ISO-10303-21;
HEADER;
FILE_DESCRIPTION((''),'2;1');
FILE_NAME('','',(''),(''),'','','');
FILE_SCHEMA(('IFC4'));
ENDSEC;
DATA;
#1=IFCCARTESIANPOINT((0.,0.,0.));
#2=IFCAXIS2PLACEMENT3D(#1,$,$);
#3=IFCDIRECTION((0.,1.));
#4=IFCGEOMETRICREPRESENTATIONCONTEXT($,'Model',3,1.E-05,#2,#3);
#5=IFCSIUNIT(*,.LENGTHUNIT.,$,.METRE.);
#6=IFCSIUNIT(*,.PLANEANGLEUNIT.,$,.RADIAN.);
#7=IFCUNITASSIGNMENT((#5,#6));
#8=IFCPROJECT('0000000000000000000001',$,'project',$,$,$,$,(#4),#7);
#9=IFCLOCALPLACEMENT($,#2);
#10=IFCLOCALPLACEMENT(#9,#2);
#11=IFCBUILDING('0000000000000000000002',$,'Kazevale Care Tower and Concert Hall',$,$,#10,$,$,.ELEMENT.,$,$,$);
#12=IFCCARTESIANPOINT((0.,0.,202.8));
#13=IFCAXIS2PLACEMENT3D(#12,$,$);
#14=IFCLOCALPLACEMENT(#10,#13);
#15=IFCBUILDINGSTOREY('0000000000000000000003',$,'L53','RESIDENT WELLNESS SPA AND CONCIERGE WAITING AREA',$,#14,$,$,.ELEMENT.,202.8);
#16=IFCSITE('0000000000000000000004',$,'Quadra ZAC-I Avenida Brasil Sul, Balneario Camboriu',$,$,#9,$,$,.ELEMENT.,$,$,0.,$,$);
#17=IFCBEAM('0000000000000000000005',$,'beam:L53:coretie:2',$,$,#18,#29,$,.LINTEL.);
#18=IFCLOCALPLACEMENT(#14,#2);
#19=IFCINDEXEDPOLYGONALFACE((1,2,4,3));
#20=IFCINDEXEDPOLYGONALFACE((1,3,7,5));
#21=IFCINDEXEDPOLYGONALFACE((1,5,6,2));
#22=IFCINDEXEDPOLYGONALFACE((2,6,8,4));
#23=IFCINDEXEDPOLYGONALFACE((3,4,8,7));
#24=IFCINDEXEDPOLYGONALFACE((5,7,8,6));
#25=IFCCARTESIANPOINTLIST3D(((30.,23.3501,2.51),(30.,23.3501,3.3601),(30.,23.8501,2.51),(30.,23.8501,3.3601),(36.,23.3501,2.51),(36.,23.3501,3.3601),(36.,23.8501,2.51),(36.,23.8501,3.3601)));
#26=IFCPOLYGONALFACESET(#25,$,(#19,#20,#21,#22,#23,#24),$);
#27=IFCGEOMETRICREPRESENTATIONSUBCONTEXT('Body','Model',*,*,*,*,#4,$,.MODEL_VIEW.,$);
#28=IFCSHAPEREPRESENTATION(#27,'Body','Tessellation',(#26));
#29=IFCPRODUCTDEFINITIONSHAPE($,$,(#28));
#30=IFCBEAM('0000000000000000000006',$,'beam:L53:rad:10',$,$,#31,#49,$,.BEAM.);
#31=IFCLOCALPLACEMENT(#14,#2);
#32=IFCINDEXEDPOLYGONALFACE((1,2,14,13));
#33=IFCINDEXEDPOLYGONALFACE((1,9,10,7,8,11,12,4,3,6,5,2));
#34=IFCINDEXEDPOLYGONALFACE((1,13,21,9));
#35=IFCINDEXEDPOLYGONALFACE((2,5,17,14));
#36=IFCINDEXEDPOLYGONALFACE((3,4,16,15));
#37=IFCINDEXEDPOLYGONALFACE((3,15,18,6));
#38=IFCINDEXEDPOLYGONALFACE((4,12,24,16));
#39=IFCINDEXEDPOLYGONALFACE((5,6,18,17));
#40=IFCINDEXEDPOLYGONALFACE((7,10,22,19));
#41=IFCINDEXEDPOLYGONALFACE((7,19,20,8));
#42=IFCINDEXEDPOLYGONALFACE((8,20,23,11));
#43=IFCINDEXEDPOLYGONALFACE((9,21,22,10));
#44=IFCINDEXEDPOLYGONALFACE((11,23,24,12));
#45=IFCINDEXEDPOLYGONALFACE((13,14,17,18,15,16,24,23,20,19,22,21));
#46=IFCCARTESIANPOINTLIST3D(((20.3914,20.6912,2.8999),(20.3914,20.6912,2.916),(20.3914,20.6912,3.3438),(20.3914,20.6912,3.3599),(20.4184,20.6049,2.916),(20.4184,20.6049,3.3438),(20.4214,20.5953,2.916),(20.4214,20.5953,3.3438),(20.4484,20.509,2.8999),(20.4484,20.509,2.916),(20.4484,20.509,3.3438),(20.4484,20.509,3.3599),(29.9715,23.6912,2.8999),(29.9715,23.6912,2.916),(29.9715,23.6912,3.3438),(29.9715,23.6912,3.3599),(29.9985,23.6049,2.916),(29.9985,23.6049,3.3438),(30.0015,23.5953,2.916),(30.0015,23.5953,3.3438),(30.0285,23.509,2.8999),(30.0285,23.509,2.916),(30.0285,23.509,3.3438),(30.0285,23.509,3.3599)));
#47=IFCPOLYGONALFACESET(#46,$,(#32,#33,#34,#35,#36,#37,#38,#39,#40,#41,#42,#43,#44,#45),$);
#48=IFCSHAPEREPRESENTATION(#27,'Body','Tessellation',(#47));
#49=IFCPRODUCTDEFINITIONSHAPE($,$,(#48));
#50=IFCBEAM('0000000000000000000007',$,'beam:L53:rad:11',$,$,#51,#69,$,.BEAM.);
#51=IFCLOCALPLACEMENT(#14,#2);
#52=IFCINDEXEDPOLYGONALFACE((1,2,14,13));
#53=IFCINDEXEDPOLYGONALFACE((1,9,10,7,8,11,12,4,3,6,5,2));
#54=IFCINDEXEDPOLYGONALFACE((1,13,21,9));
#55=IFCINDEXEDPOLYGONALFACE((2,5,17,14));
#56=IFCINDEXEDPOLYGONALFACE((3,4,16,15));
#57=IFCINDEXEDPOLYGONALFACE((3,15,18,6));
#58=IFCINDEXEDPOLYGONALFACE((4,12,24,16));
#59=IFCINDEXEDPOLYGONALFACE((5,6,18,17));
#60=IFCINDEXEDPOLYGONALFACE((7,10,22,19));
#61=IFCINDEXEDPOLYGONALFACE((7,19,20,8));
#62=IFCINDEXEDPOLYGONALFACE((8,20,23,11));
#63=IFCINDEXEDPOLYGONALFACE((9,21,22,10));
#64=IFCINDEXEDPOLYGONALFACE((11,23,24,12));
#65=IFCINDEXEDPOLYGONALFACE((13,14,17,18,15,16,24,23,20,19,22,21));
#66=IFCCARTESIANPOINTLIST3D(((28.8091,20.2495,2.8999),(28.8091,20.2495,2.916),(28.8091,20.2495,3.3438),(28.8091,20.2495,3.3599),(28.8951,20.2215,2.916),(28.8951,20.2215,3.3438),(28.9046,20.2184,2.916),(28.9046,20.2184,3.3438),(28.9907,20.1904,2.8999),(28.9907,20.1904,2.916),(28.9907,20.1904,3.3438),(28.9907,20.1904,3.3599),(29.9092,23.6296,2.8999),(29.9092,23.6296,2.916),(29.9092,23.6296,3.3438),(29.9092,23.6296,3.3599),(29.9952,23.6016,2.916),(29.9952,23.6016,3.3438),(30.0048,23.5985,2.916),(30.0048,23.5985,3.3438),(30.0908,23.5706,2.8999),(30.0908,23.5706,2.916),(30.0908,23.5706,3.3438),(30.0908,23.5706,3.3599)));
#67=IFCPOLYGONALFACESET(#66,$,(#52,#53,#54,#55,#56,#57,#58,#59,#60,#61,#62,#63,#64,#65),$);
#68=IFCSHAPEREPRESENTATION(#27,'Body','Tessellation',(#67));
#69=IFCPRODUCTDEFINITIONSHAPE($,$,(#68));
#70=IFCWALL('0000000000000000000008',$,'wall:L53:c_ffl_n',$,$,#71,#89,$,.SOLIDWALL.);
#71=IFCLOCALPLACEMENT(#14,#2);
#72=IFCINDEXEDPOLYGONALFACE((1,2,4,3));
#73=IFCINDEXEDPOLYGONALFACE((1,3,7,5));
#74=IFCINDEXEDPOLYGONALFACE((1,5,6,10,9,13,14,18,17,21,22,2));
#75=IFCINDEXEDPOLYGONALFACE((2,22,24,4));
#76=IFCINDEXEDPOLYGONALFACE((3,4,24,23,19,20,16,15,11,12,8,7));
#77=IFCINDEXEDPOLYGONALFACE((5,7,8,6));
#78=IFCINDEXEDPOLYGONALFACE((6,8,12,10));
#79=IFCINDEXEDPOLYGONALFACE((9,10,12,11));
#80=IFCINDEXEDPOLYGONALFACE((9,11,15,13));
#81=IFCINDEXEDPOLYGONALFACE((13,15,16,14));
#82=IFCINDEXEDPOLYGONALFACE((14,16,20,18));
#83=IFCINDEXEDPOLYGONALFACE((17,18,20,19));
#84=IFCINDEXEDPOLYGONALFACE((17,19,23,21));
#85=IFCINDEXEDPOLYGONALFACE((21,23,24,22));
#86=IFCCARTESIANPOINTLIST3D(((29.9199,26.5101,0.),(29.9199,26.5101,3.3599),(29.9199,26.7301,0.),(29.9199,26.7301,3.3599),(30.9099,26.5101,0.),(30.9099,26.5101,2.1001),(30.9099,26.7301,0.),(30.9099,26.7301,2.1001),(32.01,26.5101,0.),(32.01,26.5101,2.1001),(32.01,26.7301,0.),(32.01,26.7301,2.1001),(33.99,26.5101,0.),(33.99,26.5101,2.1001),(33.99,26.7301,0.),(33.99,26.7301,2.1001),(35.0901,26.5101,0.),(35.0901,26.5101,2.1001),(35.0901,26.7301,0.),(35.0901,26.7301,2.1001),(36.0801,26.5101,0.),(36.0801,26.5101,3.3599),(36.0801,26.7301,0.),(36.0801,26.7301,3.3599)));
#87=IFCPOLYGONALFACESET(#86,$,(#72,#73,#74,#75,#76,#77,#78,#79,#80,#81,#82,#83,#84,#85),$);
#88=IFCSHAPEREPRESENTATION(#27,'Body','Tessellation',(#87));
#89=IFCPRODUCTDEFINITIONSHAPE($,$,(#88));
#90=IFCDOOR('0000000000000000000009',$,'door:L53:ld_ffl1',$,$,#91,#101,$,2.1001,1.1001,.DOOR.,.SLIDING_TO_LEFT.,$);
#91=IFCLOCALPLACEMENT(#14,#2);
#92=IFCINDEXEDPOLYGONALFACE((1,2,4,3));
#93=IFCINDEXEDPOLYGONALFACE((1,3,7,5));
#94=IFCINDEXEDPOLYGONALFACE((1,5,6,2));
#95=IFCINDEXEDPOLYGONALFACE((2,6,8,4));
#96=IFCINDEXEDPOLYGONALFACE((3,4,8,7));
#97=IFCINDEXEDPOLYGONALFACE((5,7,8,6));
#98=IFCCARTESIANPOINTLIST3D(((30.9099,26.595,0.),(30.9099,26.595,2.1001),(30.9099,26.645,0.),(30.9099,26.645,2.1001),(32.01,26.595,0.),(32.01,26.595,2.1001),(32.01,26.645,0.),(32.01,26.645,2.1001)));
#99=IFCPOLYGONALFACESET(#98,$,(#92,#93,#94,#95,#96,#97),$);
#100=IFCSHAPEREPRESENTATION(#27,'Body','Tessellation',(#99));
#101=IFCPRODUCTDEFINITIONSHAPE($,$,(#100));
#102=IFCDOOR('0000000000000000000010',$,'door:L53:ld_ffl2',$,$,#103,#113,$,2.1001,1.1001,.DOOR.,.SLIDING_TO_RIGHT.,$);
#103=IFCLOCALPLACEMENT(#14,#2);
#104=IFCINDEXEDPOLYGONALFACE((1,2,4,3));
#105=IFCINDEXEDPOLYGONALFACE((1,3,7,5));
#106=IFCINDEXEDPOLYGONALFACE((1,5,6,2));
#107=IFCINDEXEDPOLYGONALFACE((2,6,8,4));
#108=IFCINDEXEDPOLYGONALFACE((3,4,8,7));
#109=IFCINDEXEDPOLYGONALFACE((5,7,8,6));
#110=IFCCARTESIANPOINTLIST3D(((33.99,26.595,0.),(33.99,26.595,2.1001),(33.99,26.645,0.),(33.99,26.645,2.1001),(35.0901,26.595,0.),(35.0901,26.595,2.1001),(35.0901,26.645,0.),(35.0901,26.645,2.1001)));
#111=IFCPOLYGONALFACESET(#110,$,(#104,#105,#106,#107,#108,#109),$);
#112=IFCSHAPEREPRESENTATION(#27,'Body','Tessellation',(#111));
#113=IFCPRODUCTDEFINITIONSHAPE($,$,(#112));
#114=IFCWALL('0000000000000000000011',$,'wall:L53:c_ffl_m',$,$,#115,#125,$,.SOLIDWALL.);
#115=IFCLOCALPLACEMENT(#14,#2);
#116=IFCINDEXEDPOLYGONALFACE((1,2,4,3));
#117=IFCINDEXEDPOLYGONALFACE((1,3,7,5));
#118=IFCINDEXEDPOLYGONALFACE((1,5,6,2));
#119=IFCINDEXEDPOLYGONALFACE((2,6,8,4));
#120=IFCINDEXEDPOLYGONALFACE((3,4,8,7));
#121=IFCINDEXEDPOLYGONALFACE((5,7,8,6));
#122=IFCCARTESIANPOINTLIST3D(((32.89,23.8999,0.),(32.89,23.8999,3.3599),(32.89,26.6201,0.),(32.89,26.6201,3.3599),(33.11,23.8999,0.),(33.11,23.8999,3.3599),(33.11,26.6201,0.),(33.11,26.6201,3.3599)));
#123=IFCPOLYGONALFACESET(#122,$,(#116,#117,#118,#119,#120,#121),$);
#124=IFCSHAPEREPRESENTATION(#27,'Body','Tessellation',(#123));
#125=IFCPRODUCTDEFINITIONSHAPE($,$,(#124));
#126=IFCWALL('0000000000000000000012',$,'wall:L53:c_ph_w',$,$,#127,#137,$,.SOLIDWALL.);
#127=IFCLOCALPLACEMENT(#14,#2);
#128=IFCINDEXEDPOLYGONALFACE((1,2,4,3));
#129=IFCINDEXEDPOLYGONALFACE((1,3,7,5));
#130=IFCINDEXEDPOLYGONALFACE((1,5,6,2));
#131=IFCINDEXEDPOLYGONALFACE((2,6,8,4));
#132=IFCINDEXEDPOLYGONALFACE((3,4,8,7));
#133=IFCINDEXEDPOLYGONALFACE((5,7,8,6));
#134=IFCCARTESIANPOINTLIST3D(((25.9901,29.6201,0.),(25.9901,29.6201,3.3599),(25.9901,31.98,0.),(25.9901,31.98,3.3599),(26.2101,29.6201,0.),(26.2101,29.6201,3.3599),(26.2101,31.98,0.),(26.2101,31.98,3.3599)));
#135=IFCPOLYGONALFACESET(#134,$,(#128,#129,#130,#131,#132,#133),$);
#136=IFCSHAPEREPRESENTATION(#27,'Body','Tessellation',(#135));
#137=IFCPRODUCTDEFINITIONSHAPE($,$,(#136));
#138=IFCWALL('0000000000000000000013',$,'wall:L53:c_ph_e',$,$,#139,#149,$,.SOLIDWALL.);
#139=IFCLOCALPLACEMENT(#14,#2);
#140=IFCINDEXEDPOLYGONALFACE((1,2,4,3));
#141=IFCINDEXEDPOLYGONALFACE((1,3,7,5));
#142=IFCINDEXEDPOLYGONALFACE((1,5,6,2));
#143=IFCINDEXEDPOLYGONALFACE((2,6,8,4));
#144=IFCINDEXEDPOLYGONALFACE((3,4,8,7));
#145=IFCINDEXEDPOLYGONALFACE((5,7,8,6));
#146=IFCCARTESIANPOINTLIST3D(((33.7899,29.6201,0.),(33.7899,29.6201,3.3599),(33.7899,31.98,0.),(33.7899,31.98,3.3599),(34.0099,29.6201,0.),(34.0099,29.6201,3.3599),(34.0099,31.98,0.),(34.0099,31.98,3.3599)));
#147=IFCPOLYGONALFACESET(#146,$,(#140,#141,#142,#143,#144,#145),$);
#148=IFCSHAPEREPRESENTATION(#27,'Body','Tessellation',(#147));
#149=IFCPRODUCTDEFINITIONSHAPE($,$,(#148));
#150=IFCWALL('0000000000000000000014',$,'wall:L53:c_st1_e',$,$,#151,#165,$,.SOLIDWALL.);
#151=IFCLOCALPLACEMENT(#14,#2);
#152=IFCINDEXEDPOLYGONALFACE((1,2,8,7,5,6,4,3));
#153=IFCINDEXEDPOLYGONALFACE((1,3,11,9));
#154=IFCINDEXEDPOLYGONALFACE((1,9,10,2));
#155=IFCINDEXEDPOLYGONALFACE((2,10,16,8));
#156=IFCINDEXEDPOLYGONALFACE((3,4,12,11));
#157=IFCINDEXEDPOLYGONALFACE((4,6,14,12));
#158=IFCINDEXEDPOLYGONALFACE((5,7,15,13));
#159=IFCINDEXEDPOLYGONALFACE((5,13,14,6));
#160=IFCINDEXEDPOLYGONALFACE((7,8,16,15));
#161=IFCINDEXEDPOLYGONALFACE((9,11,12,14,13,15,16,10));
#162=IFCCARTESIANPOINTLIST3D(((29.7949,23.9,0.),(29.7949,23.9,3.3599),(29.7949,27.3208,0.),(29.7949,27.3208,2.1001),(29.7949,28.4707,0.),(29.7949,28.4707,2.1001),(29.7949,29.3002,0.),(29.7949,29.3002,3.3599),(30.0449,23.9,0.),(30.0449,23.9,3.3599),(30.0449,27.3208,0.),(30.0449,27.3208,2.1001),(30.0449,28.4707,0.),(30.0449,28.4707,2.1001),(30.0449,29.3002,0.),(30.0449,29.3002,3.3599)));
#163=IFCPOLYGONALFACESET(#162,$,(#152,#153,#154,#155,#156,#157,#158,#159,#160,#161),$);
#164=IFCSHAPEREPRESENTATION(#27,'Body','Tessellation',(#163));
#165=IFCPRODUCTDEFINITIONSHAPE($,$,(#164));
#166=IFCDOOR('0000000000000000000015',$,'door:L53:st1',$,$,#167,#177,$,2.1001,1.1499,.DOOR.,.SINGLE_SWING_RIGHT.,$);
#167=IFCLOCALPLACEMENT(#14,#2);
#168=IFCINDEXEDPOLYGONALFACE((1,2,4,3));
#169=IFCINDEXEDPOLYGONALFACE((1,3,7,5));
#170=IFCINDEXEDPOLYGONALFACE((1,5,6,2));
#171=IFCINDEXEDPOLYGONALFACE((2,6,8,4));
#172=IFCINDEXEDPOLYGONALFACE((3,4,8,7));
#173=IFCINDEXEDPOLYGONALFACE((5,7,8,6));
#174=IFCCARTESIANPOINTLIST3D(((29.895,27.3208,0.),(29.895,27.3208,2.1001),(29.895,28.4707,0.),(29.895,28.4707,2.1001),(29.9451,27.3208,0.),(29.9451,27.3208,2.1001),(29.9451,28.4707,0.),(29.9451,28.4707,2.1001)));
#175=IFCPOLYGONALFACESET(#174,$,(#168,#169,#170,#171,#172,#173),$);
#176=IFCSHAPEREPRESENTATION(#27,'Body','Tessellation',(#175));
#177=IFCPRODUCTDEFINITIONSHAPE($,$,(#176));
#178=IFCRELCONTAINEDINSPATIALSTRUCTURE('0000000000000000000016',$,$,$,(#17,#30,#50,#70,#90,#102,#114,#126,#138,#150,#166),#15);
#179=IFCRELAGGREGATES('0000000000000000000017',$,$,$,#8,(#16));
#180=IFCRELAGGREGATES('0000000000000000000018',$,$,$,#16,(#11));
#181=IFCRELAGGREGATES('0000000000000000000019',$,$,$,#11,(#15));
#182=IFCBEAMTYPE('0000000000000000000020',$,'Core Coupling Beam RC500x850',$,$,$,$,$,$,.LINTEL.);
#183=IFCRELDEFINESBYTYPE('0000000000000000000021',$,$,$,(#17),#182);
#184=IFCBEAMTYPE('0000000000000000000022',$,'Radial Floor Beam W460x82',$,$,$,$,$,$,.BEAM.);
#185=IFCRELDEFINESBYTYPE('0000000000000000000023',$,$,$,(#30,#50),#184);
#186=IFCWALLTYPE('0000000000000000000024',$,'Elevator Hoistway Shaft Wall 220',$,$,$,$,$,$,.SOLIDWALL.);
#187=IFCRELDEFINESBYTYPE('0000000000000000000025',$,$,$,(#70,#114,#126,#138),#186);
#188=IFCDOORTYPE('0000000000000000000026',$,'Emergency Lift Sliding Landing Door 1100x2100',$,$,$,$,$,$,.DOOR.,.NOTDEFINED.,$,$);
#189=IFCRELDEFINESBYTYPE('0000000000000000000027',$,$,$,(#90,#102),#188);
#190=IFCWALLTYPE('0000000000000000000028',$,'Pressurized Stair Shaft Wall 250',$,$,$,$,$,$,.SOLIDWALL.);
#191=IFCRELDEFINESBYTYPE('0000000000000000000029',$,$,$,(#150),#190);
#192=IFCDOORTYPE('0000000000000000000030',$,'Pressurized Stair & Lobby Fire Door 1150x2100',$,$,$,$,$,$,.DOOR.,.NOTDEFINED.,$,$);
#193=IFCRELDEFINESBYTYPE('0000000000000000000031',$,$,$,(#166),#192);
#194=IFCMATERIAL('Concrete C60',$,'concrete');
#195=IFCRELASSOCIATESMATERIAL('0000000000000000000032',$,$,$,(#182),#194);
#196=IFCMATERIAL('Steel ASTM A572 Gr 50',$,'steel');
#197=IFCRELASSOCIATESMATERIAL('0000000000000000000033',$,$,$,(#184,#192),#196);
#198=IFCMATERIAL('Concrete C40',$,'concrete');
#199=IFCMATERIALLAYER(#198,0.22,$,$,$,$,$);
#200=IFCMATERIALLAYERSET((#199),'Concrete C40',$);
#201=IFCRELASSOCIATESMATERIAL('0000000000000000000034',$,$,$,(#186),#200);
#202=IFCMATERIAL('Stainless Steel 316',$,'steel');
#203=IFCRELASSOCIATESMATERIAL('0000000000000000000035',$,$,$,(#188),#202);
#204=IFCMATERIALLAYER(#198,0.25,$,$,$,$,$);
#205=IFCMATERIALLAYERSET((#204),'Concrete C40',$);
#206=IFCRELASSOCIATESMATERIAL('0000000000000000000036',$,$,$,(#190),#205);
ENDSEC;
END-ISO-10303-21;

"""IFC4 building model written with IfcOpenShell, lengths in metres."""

from ifc_helpers import new_model, si_unit, direction, frame, frame_2d, origin, origin_2d, place, context, subcontext, project, spatial, rectangle, i_section, extrude, material, layer, layer_set, material_profile, profile_set, type_object, element, fill, save


model = new_model("IFC4")

# Units and contexts
model_context = context("Model", 3, precision=1e-05, world=origin(), true_north=direction((0.0, 1.0)))
body_context = subcontext(model_context, "Body", "Model", "MODEL_VIEW")
ifc_project = project(units=[si_unit("LENGTHUNIT", "METRE"), si_unit("PLANEANGLEUNIT", "RADIAN")], contexts=[model_context])

# Site, building, storey
site_placement = place(None, origin())
site = spatial("IfcSite", under=ifc_project, at=site_placement, Name="Quadra ZAC-I Avenida Brasil Sul, Balneario Camboriu", CompositionType="ELEMENT", RefElevation=0.0)
building_placement = place(site_placement, origin())
building = spatial("IfcBuilding", under=site, at=building_placement, Name="Kazevale Care Tower and Concert Hall", CompositionType="ELEMENT")
storey_placement = place(building_placement, frame((0.0, 0.0, 202.8)))
storey = spatial("IfcBuildingStorey", under=building, at=storey_placement, Name="L53", Description="RESIDENT WELLNESS SPA AND CONCIERGE WAITING AREA", CompositionType="ELEMENT", Elevation=202.8)

# Beams
ifc_material_1 = material(Name="Concrete C60", Category="concrete")
ifc_material_profile_1 = material_profile(ifc_material_1, rectangle(XDim=0.5, YDim=0.8501, at=origin_2d()), Name="RC-B500x850")
ifc_profile_set_1 = profile_set([ifc_material_profile_1], Name="Concrete C60")
beam_type_1 = type_object("IfcBeamType", Name="Core Coupling Beam RC500x850", PredefinedType="LINTEL", material=ifc_profile_set_1)
beam_1_placement = place(storey_placement, frame((30.0, 23.6001, 2.9351), z_axis=(1.0, 0.0, 0.0), x_axis=(0.0, 1.0, 0.0)))
element("IfcBeam", 1, at=beam_1_placement, inside=storey, type_object=beam_type_1, Name="beam:L53:coretie:2", PredefinedType="LINTEL", context=body_context, shape_type="SweptSolid", body=[
    extrude(rectangle(XDim=0.5, YDim=0.8501, at=origin_2d()), origin(), (0.0, 0.0, 1.0), 6.0),
])
ifc_material_2 = material(Name="Steel ASTM A572 Gr 50", Category="steel")
ifc_material_profile_2 = material_profile(ifc_material_2, i_section(OverallWidth=0.1909, OverallDepth=0.46, WebThickness=0.01, FlangeThickness=0.0161, at=origin_2d()), Name="W460x82")
ifc_profile_set_2 = profile_set([ifc_material_profile_2], Name="Steel ASTM A572 Gr 50")
beam_type_2 = type_object("IfcBeamType", Name="Radial Floor Beam W460x82", PredefinedType="BEAM", material=ifc_profile_set_2)
beam_2_placement = place(storey_placement, frame((30.0, 23.6001, 3.1299), z_axis=(-0.954303, -0.29884, 0.0), x_axis=(0.29884, -0.954303, 0.0)))
element("IfcBeam", 2, at=beam_2_placement, inside=storey, type_object=beam_type_2, Name="beam:L53:rad:10", PredefinedType="BEAM", context=body_context, shape_type="SweptSolid", body=[
    extrude(i_section(OverallWidth=0.1909, OverallDepth=0.46, WebThickness=0.01, FlangeThickness=0.0161, at=origin_2d()), origin(), (0.0, 0.0, 1.0), 10.0388),
])
beam_3_placement = place(storey_placement, frame((30.0, 23.6001, 3.1299), z_axis=(-0.309482, -0.950905, 0.0), x_axis=(0.950905, -0.309482, 0.0)))
element("IfcBeam", 3, at=beam_3_placement, inside=storey, type_object=beam_type_2, Name="beam:L53:rad:11", PredefinedType="BEAM", context=body_context, shape_type="SweptSolid", body=[
    extrude(i_section(OverallWidth=0.1909, OverallDepth=0.46, WebThickness=0.01, FlangeThickness=0.0161, at=origin_2d()), origin(), (0.0, 0.0, 1.0), 3.5547),
])

# Wall, openings, doors
ifc_material_3 = material(Name="Concrete C40", Category="concrete")
ifc_layer_1 = layer(ifc_material_3, 0.22)
ifc_layer_set_1 = layer_set([ifc_layer_1], Name="Concrete C40")
wall_type_1 = type_object("IfcWallType", Name="Elevator Hoistway Shaft Wall 220", PredefinedType="SOLIDWALL", material=ifc_layer_set_1)
wall_1_placement = place(storey_placement, frame((29.9199, 26.6201, 0.0), z_axis=(0.0, 0.0, 1.0), x_axis=(1.0, 0.0, 0.0)))
wall_1 = element("IfcWall", 4, at=wall_1_placement, inside=storey, type_object=wall_type_1, Name="wall:L53:c_ffl_n", PredefinedType="SOLIDWALL", context=body_context, shape_type="SweptSolid", body=[
    extrude(rectangle(XDim=6.1602, YDim=0.22, at=frame_2d((3.0801, 0.0))), origin(), (0.0, 0.0, 1.0), 3.3599),
])
opening_1_placement = place(wall_1_placement, frame((0.99, 0.0, 0.0)))
opening_1 = element("IfcOpeningElement", 5, at=opening_1_placement, cuts=wall_1, PredefinedType="OPENING", context=body_context, shape_type="SweptSolid", body=[
    extrude(rectangle(XDim=1.1001, YDim=2.1001, at=frame_2d((0.55, 1.05))), frame((0.0, 0.1199, 0.0), z_axis=(0.0, -1.0, 0.0), x_axis=(1.0, 0.0, 0.0)), (0.0, 0.0, 1.0), 0.24),
])
opening_2_placement = place(wall_1_placement, frame((4.0701, 0.0, 0.0)))
opening_2 = element("IfcOpeningElement", 6, at=opening_2_placement, cuts=wall_1, PredefinedType="OPENING", context=body_context, shape_type="SweptSolid", body=[
    extrude(rectangle(XDim=1.1001, YDim=2.1001, at=frame_2d((0.55, 1.05))), frame((0.0, 0.1199, 0.0), z_axis=(0.0, -1.0, 0.0), x_axis=(1.0, 0.0, 0.0)), (0.0, 0.0, 1.0), 0.24),
])
ifc_material_4 = material(Name="Stainless Steel 316", Category="steel")
door_type_1 = type_object("IfcDoorType", Name="Emergency Lift Sliding Landing Door 1100x2100", OperationType="NOTDEFINED", PredefinedType="DOOR", material=ifc_material_4)
door_1_placement = place(opening_1_placement, origin())
door_1 = element("IfcDoor", 7, at=door_1_placement, inside=storey, type_object=door_type_1, Name="door:L53:ld_ffl1", OperationType="SLIDING_TO_LEFT", OverallHeight=2.1001, OverallWidth=1.1001, PredefinedType="DOOR", context=body_context, shape_type="SweptSolid", body=[
    extrude(rectangle(XDim=1.1001, YDim=2.1001, at=frame_2d((0.55, 1.05))), frame((0.0, 0.0249, 0.0), z_axis=(0.0, -1.0, 0.0), x_axis=(1.0, 0.0, 0.0)), (0.0, 0.0, 1.0), 0.05),
])
fill(opening_1, door_1)
door_2_placement = place(opening_2_placement, origin())
door_2 = element("IfcDoor", 8, at=door_2_placement, inside=storey, type_object=door_type_1, Name="door:L53:ld_ffl2", OperationType="SLIDING_TO_RIGHT", OverallHeight=2.1001, OverallWidth=1.1001, PredefinedType="DOOR", context=body_context, shape_type="SweptSolid", body=[
    extrude(rectangle(XDim=1.1001, YDim=2.1001, at=frame_2d((0.55, 1.05))), frame((0.0, 0.0249, 0.0), z_axis=(0.0, -1.0, 0.0), x_axis=(1.0, 0.0, 0.0)), (0.0, 0.0, 1.0), 0.05),
])
fill(opening_2, door_2)

# Walls
wall_2_placement = place(storey_placement, frame((33.0, 23.8999, 0.0), z_axis=(0.0, 0.0, 1.0), x_axis=(0.0, 1.0, 0.0)))
element("IfcWall", 9, at=wall_2_placement, inside=storey, type_object=wall_type_1, Name="wall:L53:c_ffl_m", PredefinedType="SOLIDWALL", context=body_context, shape_type="SweptSolid", body=[
    extrude(rectangle(XDim=2.7202, YDim=0.22, at=frame_2d((1.3601, 0.0))), origin(), (0.0, 0.0, 1.0), 3.3599),
])
for number, where, z_axis, x_axis, name in (
    (10, (26.1001, 29.6201, 0.0), (0.0, 0.0, 1.0), (0.0, 1.0, 0.0), "wall:L53:c_ph_w"),
    (11, (33.8999, 29.6201, 0.0), (0.0, 0.0, 1.0), (0.0, 1.0, 0.0), "wall:L53:c_ph_e"),
):
    element("IfcWall", number, at=place(storey_placement, frame(where, z_axis=z_axis, x_axis=x_axis)), inside=storey, type_object=wall_type_1, Name=name, PredefinedType="SOLIDWALL", context=body_context, shape_type="SweptSolid", body=[
        extrude(rectangle(XDim=2.3599, YDim=0.22, at=frame_2d((1.1799, 0.0))), origin(), (0.0, 0.0, 1.0), 3.3599),
    ])

# Wall, opening, door
ifc_layer_2 = layer(ifc_material_3, 0.25)
ifc_layer_set_2 = layer_set([ifc_layer_2], Name="Concrete C40")
wall_type_2 = type_object("IfcWallType", Name="Pressurized Stair Shaft Wall 250", PredefinedType="SOLIDWALL", material=ifc_layer_set_2)
wall_3_placement = place(storey_placement, frame((29.9199, 23.8999, 0.0), z_axis=(0.0, 0.0, 1.0), x_axis=(0.0, 1.0, 0.0)))
wall_3 = element("IfcWall", 12, at=wall_3_placement, inside=storey, type_object=wall_type_2, Name="wall:L53:c_st1_e", PredefinedType="SOLIDWALL", context=body_context, shape_type="SweptSolid", body=[
    extrude(rectangle(XDim=5.4001, YDim=0.25, at=frame_2d((2.7002, 0.0))), origin(), (0.0, 0.0, 1.0), 3.3599),
])
opening_3_placement = place(wall_3_placement, frame((3.4209, 0.0, 0.0)))
opening_3 = element("IfcOpeningElement", 13, at=opening_3_placement, cuts=wall_3, PredefinedType="OPENING", context=body_context, shape_type="SweptSolid", body=[
    extrude(rectangle(XDim=1.1499, YDim=2.1001, at=frame_2d((0.575, 1.05))), frame((0.0, 0.135, 0.0), z_axis=(0.0, -1.0, 0.0), x_axis=(1.0, 0.0, 0.0)), (0.0, 0.0, 1.0), 0.27),
])
door_type_2 = type_object("IfcDoorType", Name="Pressurized Stair & Lobby Fire Door 1150x2100", OperationType="NOTDEFINED", PredefinedType="DOOR", material=ifc_material_2)
door_3_placement = place(opening_3_placement, origin())
door_3 = element("IfcDoor", 14, at=door_3_placement, inside=storey, type_object=door_type_2, Name="door:L53:st1", OperationType="SINGLE_SWING_RIGHT", OverallHeight=2.1001, OverallWidth=1.1499, PredefinedType="DOOR", context=body_context, shape_type="SweptSolid", body=[
    extrude(rectangle(XDim=1.1499, YDim=2.1001, at=frame_2d((0.575, 1.05))), frame((0.0, 0.0249, 0.0), z_axis=(0.0, -1.0, 0.0), x_axis=(1.0, 0.0, 0.0)), (0.0, 0.0, 1.0), 0.05),
])
fill(opening_3, door_3)

save(model, "model.ifc")
